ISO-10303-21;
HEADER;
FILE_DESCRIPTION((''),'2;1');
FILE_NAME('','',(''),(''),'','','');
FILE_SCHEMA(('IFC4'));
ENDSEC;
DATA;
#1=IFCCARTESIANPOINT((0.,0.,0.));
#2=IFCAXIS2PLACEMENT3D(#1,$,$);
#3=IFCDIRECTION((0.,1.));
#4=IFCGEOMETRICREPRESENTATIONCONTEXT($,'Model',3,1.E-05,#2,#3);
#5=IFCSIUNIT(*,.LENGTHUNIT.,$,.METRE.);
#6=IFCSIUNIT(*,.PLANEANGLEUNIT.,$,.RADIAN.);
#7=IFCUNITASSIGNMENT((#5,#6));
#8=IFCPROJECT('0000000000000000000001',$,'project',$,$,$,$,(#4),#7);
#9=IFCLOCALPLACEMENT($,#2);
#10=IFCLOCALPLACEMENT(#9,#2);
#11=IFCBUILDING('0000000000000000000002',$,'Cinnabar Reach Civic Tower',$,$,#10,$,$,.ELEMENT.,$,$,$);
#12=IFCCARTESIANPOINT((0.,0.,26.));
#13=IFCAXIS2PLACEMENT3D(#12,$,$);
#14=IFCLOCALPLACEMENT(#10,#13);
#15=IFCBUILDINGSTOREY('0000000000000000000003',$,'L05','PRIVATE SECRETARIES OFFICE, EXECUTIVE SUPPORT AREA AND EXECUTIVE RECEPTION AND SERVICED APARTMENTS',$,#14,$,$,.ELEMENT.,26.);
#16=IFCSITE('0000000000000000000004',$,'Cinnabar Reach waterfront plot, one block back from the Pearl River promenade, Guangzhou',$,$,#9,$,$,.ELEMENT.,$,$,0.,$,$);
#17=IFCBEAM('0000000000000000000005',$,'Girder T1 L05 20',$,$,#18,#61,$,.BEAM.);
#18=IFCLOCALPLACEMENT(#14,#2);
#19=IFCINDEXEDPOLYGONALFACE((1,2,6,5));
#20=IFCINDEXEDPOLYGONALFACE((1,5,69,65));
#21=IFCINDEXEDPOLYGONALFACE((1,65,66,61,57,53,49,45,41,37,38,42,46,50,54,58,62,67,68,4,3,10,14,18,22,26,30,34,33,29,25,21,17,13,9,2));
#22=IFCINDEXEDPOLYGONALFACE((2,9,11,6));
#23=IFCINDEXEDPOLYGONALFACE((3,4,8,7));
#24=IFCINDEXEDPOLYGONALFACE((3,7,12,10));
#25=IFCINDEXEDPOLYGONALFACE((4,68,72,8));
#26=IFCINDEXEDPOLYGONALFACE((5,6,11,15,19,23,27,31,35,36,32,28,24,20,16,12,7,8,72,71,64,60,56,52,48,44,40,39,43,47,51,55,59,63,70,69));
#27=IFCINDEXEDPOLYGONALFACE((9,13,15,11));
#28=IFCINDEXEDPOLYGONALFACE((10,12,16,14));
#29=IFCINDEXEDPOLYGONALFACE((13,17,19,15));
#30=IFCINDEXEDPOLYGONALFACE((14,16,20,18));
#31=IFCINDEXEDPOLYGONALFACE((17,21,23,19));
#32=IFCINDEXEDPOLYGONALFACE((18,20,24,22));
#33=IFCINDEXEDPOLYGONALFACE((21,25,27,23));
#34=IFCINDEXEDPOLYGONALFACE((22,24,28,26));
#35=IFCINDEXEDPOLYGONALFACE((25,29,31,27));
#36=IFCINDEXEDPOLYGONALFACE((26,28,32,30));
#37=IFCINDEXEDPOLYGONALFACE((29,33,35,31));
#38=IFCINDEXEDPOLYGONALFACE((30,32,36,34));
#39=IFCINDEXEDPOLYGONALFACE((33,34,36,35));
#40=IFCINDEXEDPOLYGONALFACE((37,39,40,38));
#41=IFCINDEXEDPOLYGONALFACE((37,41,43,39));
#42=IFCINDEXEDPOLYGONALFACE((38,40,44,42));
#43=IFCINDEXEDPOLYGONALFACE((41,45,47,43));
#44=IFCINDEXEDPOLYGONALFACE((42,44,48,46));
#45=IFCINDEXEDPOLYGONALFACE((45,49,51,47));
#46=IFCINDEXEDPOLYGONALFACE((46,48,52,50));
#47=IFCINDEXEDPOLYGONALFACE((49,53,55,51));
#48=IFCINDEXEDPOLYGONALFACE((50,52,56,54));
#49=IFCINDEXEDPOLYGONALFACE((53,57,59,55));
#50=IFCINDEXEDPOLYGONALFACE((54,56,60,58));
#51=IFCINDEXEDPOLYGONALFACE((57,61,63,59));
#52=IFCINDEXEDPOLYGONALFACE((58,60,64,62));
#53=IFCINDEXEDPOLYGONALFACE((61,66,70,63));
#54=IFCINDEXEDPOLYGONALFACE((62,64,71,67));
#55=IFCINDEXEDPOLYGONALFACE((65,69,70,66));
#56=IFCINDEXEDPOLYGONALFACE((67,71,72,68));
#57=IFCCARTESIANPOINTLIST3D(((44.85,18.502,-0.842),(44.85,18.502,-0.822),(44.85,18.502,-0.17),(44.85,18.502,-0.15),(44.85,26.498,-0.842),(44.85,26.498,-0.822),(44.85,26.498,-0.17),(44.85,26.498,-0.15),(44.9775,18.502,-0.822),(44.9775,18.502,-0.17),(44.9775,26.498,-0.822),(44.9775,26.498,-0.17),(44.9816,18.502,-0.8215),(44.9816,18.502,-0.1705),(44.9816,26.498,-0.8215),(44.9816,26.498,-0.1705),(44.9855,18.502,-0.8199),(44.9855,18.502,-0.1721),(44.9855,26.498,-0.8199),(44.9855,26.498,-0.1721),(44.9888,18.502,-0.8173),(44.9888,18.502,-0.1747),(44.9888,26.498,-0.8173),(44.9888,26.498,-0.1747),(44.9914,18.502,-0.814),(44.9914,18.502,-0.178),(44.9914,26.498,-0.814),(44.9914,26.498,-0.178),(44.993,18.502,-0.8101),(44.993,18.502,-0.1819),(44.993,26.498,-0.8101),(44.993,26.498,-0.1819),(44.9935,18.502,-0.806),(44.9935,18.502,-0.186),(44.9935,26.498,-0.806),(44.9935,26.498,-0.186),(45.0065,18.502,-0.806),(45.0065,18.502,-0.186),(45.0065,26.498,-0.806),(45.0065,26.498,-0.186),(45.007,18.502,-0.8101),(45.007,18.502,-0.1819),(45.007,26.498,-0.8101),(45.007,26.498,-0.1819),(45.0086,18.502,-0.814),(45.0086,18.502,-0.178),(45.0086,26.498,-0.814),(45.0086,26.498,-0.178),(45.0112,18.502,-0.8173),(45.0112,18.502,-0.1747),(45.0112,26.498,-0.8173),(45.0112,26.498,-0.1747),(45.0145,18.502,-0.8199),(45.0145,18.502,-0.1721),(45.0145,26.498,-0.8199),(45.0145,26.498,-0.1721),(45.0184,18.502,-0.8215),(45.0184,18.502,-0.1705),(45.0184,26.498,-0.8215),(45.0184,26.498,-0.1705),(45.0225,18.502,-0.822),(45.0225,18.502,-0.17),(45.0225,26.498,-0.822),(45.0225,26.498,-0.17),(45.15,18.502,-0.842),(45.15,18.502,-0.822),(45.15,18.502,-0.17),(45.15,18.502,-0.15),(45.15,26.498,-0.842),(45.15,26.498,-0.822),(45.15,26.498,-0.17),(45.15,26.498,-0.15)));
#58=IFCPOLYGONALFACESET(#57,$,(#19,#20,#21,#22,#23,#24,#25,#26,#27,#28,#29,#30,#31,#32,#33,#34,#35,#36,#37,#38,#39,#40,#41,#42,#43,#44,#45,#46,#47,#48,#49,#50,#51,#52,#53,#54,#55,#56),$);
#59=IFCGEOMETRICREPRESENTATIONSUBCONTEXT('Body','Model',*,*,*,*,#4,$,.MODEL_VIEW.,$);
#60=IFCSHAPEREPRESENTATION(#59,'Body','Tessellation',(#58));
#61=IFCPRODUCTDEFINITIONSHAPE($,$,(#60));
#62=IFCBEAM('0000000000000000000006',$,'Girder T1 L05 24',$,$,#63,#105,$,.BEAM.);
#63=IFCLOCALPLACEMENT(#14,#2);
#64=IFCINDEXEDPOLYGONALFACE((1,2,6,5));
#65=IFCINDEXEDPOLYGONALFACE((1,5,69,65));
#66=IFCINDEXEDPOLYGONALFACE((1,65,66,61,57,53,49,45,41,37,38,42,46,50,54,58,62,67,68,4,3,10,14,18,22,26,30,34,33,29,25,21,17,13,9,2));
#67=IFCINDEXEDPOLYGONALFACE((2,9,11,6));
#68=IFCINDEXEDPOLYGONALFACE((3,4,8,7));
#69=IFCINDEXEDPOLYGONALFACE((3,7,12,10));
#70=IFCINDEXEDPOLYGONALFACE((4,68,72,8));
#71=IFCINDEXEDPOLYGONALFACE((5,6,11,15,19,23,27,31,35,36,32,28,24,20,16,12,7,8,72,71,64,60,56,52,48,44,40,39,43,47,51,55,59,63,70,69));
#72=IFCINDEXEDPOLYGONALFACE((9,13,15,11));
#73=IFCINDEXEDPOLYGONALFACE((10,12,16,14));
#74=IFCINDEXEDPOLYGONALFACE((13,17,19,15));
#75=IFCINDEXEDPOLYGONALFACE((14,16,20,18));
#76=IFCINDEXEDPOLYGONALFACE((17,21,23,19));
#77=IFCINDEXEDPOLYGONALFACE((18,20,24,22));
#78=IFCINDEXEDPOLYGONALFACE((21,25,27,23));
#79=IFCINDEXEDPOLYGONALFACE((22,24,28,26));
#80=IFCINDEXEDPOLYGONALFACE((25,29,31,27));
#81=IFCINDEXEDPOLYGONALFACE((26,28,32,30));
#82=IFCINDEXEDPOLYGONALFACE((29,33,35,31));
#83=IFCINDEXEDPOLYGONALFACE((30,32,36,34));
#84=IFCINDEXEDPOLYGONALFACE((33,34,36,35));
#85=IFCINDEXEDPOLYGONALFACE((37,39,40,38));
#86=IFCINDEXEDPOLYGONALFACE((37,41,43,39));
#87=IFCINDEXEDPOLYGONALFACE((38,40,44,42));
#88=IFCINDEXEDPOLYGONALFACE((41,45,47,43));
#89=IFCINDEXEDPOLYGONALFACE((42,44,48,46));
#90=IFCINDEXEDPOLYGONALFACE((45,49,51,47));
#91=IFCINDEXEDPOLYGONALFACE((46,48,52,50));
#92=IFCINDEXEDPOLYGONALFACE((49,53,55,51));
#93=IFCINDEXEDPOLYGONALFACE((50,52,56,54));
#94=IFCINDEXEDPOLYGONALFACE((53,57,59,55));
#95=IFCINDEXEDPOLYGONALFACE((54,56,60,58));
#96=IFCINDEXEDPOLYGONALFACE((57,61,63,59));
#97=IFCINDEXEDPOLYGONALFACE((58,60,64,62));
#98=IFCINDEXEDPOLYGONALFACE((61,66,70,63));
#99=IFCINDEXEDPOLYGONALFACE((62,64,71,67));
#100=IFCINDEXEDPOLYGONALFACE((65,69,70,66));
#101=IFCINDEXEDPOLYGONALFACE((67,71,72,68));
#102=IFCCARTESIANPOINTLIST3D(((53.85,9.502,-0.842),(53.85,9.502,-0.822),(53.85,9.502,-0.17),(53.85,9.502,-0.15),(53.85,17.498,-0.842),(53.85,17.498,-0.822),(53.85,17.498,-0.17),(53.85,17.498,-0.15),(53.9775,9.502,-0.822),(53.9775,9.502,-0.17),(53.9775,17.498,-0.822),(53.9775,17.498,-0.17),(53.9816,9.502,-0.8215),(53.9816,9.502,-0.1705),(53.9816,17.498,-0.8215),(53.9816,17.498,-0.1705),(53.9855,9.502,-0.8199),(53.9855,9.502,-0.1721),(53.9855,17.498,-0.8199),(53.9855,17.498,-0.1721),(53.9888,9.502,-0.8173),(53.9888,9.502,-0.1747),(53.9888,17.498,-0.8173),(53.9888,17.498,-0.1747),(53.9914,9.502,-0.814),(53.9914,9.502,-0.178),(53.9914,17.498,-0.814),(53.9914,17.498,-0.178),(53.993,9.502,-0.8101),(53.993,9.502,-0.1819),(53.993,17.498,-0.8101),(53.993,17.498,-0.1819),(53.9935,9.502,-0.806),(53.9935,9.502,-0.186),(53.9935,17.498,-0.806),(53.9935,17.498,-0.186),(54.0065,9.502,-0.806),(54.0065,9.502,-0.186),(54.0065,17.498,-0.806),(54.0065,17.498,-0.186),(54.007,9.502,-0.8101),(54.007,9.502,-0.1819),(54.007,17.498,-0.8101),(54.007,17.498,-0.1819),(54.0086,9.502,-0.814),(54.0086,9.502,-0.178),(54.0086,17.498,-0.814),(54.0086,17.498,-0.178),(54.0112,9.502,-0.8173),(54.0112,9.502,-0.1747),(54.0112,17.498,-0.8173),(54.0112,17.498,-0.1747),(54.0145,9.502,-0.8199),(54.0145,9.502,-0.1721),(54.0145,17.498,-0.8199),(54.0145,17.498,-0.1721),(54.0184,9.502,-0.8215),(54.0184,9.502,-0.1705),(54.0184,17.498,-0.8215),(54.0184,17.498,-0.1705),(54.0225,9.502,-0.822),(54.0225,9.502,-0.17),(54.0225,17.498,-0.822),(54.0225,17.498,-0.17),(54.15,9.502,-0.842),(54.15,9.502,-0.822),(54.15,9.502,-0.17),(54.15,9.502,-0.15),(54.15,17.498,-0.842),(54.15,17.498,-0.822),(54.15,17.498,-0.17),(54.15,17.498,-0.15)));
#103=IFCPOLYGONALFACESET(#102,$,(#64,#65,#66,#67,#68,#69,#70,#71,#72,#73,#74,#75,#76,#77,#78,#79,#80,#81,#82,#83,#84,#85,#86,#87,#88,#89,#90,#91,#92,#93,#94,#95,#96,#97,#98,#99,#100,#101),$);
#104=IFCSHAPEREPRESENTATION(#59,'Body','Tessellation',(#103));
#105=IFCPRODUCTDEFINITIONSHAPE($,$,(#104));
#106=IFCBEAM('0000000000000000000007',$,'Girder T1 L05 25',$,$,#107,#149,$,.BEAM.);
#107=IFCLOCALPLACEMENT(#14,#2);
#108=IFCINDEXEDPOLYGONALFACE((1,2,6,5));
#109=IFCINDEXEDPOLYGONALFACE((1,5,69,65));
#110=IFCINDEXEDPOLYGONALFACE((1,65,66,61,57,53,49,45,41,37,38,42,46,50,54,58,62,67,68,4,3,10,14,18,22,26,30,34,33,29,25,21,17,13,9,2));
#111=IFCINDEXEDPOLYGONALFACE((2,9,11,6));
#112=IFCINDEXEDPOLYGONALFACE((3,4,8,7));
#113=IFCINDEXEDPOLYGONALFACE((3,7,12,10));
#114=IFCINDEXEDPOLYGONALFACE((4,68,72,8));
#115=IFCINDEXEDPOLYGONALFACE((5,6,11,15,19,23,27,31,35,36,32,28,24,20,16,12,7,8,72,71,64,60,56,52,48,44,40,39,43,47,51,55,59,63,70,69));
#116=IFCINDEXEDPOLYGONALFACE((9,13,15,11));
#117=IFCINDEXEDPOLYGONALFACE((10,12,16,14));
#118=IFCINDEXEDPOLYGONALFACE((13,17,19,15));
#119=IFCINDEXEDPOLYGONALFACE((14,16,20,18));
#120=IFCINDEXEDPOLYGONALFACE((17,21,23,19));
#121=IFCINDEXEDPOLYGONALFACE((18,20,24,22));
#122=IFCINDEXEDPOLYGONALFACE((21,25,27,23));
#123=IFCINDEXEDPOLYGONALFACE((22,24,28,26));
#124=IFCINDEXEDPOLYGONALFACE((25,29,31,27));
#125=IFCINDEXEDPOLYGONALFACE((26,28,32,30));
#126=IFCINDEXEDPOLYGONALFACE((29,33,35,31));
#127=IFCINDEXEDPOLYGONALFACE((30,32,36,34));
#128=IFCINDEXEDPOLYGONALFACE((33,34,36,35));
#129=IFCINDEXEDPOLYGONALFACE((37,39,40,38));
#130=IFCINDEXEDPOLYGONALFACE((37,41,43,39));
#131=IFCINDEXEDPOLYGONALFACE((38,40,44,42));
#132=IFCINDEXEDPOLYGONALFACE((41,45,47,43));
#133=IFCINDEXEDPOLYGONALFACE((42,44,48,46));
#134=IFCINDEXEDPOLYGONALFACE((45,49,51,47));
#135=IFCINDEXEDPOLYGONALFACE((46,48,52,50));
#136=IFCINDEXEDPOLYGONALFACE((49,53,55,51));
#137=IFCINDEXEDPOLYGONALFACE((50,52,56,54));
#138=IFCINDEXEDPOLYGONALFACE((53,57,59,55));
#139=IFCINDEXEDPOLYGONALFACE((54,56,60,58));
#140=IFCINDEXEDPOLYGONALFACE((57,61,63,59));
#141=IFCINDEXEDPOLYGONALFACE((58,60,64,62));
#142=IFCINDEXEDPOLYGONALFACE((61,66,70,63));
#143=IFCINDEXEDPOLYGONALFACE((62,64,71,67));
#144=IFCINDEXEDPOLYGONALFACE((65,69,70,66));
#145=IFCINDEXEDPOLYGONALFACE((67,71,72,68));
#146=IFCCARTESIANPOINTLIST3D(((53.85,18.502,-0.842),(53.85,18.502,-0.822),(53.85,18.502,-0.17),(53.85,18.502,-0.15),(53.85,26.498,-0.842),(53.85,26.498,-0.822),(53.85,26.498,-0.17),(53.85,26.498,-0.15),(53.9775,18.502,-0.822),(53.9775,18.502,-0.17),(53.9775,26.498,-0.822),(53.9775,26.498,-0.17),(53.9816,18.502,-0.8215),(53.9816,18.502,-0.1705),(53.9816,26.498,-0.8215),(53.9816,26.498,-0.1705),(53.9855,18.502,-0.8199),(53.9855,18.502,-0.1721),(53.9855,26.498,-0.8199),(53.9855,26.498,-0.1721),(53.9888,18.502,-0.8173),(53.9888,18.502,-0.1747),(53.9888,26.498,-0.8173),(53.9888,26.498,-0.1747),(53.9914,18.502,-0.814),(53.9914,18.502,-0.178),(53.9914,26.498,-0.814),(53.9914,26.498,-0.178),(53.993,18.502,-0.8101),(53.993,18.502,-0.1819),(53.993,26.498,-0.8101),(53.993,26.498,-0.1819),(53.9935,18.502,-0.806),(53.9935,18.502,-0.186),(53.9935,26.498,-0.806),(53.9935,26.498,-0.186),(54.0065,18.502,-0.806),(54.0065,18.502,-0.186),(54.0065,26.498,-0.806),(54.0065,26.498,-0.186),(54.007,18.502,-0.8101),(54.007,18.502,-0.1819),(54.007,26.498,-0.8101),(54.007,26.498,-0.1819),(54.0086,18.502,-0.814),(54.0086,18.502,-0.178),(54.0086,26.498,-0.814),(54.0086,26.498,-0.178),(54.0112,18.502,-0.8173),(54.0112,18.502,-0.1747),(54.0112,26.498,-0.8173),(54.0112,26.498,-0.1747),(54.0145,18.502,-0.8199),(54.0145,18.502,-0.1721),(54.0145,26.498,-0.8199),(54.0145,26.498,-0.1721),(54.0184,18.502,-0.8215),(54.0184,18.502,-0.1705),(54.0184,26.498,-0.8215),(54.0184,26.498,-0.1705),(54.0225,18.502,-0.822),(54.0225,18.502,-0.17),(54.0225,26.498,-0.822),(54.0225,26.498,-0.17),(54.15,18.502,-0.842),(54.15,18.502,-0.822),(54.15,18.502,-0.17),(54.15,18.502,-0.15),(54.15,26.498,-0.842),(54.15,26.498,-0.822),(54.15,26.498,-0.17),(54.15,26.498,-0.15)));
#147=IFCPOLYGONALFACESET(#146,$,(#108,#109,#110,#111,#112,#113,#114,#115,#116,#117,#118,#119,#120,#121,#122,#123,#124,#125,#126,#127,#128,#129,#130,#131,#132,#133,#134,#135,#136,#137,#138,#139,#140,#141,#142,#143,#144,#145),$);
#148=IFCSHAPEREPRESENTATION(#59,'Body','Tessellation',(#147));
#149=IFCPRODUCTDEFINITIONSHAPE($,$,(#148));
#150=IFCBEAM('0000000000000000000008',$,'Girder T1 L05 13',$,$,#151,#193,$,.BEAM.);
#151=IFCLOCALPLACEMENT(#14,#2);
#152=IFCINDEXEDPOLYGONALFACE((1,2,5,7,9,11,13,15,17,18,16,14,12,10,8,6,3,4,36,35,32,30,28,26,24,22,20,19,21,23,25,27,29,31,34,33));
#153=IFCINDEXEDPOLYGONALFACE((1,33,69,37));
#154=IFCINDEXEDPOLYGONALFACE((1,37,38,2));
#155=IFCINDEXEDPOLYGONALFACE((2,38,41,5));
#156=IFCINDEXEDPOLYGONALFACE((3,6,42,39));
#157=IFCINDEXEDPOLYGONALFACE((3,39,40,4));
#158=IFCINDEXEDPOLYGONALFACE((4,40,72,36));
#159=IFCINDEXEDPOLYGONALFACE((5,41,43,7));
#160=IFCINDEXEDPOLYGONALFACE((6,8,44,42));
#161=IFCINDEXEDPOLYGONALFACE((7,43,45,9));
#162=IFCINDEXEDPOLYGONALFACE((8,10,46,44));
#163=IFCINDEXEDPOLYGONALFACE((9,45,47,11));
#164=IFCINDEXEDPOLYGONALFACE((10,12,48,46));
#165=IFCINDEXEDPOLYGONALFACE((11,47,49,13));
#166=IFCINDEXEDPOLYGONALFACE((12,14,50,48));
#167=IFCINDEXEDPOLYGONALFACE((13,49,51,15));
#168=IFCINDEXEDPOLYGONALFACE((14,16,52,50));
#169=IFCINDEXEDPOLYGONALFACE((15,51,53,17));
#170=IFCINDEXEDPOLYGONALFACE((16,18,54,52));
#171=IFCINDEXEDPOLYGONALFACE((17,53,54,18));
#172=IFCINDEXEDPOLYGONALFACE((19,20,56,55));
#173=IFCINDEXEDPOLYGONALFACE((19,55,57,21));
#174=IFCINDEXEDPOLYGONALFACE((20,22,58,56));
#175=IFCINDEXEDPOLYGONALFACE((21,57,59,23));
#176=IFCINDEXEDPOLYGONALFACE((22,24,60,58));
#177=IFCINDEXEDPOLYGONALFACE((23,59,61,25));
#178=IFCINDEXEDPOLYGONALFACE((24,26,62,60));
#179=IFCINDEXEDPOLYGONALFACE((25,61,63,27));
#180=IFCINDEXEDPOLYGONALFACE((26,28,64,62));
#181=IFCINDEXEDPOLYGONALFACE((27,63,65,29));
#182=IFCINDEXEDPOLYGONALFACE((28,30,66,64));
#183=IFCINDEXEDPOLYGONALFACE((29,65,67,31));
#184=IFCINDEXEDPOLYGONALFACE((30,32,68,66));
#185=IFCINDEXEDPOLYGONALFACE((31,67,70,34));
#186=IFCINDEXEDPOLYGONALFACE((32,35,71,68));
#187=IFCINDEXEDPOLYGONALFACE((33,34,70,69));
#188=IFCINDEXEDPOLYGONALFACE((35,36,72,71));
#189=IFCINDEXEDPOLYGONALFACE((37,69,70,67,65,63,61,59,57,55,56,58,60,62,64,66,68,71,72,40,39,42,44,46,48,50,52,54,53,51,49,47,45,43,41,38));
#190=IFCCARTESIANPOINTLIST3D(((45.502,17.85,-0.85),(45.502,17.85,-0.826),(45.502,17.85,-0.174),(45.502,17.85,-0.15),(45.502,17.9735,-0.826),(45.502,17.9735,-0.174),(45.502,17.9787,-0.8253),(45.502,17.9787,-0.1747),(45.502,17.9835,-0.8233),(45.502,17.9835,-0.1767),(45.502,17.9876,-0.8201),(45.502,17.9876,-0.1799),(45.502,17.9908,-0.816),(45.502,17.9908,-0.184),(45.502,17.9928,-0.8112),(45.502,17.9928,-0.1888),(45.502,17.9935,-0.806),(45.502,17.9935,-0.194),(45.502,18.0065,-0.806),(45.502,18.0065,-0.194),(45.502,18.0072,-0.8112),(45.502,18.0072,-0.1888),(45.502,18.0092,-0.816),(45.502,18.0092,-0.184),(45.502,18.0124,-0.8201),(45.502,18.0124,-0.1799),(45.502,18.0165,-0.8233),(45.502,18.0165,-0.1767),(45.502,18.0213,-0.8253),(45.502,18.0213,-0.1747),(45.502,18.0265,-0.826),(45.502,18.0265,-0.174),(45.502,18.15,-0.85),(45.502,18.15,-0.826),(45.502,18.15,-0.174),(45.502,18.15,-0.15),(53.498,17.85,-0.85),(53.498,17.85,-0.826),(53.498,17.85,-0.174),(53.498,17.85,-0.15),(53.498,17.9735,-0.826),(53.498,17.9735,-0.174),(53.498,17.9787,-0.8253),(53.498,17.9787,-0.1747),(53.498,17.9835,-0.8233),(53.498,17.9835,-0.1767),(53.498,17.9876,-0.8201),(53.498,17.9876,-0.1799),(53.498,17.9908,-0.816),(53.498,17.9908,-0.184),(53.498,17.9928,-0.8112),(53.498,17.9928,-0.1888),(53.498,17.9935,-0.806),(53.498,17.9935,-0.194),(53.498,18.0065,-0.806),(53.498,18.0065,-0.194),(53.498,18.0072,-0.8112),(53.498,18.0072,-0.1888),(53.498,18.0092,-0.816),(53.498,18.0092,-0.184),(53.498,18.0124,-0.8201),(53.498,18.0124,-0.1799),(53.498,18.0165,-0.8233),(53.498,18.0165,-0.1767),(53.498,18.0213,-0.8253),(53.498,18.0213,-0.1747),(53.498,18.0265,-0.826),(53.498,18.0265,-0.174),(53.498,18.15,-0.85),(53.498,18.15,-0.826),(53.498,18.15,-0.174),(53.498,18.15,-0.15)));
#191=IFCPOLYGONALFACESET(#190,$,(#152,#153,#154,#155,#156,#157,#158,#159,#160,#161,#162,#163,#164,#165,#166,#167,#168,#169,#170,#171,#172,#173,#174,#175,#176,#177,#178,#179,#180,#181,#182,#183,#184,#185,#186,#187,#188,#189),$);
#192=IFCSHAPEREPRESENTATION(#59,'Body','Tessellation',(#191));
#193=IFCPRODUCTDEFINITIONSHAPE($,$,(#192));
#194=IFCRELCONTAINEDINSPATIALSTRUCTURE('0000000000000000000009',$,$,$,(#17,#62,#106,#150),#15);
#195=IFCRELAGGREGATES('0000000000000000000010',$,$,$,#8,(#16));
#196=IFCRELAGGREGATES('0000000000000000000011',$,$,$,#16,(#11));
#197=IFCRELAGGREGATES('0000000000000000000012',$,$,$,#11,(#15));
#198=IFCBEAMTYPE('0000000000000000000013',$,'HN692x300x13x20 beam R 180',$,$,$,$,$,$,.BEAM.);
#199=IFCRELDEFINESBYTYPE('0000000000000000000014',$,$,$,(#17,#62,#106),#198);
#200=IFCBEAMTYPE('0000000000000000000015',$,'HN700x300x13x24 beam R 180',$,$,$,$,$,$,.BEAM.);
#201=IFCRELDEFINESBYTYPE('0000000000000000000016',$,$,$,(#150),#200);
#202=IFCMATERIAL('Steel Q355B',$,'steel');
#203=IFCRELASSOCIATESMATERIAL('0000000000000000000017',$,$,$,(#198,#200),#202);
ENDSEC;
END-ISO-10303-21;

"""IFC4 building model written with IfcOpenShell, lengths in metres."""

from ifc_helpers import new_model, si_unit, direction, frame, origin, origin_2d, place, context, subcontext, project, spatial, i_section, extrude, material, material_profile, profile_set, type_object, element, save


model = new_model("IFC4")

# Units and contexts
model_context = context("Model", 3, precision=1e-05, world=origin(), true_north=direction((0.0, 1.0)))
body_context = subcontext(model_context, "Body", "Model", "MODEL_VIEW")
ifc_project = project(units=[si_unit("LENGTHUNIT", "METRE"), si_unit("PLANEANGLEUNIT", "RADIAN")], contexts=[model_context])

# Site, building, storey
site_placement = place(None, origin())
site = spatial("IfcSite", under=ifc_project, at=site_placement, Name="Cinnabar Reach waterfront plot, one block back from the Pearl River promenade, Guangzhou", CompositionType="ELEMENT", RefElevation=0.0)
building_placement = place(site_placement, origin())
building = spatial("IfcBuilding", under=site, at=building_placement, Name="Cinnabar Reach Civic Tower", CompositionType="ELEMENT")
storey_placement = place(building_placement, frame((0.0, 0.0, 26.0)))
storey = spatial("IfcBuildingStorey", under=building, at=storey_placement, Name="L05", Description="PRIVATE SECRETARIES OFFICE, EXECUTIVE SUPPORT AREA AND EXECUTIVE RECEPTION AND SERVICED APARTMENTS", CompositionType="ELEMENT", Elevation=26.0)

# Beams
ifc_material_1 = material(Name="Steel Q355B", Category="steel")
ifc_material_profile_1 = material_profile(ifc_material_1, i_section(OverallWidth=0.3, OverallDepth=0.692, WebThickness=0.013, FlangeThickness=0.02, FilletRadius=0.016, at=origin_2d()), Name="HN692x300x13x20")
ifc_profile_set_1 = profile_set([ifc_material_profile_1], Name="Steel Q355B")
beam_type_1 = type_object("IfcBeamType", Name="HN692x300x13x20 beam R 180", PredefinedType="BEAM", material=ifc_profile_set_1)
for number, where, z_axis, x_axis, name in (
    (1, (45.0, 18.502, -0.496), (0.0, 1.0, 0.0), (-1.0, 0.0, 0.0), "Girder T1 L05 20"),
    (2, (54.0, 9.502, -0.496), (0.0, 1.0, 0.0), (-1.0, 0.0, 0.0), "Girder T1 L05 24"),
    (3, (54.0, 18.502, -0.496), (0.0, 1.0, 0.0), (-1.0, 0.0, 0.0), "Girder T1 L05 25"),
):
    element("IfcBeam", number, at=place(storey_placement, frame(where, z_axis=z_axis, x_axis=x_axis)), inside=storey, type_object=beam_type_1, Name=name, PredefinedType="BEAM", context=body_context, shape_type="SweptSolid", body=[
        extrude(i_section(OverallWidth=0.3, OverallDepth=0.692, WebThickness=0.013, FlangeThickness=0.02, FilletRadius=0.016, at=origin_2d()), origin(), (0.0, 0.0, 1.0), 7.996),
    ])
ifc_material_profile_2 = material_profile(ifc_material_1, i_section(OverallWidth=0.3, OverallDepth=0.7, WebThickness=0.013, FlangeThickness=0.024, FilletRadius=0.02, at=origin_2d()), Name="HN700x300x13x24")
ifc_profile_set_2 = profile_set([ifc_material_profile_2], Name="Steel Q355B")
beam_type_2 = type_object("IfcBeamType", Name="HN700x300x13x24 beam R 180", PredefinedType="BEAM", material=ifc_profile_set_2)
beam_1_placement = place(storey_placement, frame((45.502, 18.0, -0.5), z_axis=(1.0, 0.0, 0.0), x_axis=(0.0, 1.0, 0.0)))
element("IfcBeam", 4, at=beam_1_placement, inside=storey, type_object=beam_type_2, Name="Girder T1 L05 13", PredefinedType="BEAM", context=body_context, shape_type="SweptSolid", body=[
    extrude(i_section(OverallWidth=0.3, OverallDepth=0.7, WebThickness=0.013, FlangeThickness=0.024, FilletRadius=0.02, at=origin_2d()), origin(), (0.0, 0.0, 1.0), 7.996),
])

save(model, "model.ifc")
